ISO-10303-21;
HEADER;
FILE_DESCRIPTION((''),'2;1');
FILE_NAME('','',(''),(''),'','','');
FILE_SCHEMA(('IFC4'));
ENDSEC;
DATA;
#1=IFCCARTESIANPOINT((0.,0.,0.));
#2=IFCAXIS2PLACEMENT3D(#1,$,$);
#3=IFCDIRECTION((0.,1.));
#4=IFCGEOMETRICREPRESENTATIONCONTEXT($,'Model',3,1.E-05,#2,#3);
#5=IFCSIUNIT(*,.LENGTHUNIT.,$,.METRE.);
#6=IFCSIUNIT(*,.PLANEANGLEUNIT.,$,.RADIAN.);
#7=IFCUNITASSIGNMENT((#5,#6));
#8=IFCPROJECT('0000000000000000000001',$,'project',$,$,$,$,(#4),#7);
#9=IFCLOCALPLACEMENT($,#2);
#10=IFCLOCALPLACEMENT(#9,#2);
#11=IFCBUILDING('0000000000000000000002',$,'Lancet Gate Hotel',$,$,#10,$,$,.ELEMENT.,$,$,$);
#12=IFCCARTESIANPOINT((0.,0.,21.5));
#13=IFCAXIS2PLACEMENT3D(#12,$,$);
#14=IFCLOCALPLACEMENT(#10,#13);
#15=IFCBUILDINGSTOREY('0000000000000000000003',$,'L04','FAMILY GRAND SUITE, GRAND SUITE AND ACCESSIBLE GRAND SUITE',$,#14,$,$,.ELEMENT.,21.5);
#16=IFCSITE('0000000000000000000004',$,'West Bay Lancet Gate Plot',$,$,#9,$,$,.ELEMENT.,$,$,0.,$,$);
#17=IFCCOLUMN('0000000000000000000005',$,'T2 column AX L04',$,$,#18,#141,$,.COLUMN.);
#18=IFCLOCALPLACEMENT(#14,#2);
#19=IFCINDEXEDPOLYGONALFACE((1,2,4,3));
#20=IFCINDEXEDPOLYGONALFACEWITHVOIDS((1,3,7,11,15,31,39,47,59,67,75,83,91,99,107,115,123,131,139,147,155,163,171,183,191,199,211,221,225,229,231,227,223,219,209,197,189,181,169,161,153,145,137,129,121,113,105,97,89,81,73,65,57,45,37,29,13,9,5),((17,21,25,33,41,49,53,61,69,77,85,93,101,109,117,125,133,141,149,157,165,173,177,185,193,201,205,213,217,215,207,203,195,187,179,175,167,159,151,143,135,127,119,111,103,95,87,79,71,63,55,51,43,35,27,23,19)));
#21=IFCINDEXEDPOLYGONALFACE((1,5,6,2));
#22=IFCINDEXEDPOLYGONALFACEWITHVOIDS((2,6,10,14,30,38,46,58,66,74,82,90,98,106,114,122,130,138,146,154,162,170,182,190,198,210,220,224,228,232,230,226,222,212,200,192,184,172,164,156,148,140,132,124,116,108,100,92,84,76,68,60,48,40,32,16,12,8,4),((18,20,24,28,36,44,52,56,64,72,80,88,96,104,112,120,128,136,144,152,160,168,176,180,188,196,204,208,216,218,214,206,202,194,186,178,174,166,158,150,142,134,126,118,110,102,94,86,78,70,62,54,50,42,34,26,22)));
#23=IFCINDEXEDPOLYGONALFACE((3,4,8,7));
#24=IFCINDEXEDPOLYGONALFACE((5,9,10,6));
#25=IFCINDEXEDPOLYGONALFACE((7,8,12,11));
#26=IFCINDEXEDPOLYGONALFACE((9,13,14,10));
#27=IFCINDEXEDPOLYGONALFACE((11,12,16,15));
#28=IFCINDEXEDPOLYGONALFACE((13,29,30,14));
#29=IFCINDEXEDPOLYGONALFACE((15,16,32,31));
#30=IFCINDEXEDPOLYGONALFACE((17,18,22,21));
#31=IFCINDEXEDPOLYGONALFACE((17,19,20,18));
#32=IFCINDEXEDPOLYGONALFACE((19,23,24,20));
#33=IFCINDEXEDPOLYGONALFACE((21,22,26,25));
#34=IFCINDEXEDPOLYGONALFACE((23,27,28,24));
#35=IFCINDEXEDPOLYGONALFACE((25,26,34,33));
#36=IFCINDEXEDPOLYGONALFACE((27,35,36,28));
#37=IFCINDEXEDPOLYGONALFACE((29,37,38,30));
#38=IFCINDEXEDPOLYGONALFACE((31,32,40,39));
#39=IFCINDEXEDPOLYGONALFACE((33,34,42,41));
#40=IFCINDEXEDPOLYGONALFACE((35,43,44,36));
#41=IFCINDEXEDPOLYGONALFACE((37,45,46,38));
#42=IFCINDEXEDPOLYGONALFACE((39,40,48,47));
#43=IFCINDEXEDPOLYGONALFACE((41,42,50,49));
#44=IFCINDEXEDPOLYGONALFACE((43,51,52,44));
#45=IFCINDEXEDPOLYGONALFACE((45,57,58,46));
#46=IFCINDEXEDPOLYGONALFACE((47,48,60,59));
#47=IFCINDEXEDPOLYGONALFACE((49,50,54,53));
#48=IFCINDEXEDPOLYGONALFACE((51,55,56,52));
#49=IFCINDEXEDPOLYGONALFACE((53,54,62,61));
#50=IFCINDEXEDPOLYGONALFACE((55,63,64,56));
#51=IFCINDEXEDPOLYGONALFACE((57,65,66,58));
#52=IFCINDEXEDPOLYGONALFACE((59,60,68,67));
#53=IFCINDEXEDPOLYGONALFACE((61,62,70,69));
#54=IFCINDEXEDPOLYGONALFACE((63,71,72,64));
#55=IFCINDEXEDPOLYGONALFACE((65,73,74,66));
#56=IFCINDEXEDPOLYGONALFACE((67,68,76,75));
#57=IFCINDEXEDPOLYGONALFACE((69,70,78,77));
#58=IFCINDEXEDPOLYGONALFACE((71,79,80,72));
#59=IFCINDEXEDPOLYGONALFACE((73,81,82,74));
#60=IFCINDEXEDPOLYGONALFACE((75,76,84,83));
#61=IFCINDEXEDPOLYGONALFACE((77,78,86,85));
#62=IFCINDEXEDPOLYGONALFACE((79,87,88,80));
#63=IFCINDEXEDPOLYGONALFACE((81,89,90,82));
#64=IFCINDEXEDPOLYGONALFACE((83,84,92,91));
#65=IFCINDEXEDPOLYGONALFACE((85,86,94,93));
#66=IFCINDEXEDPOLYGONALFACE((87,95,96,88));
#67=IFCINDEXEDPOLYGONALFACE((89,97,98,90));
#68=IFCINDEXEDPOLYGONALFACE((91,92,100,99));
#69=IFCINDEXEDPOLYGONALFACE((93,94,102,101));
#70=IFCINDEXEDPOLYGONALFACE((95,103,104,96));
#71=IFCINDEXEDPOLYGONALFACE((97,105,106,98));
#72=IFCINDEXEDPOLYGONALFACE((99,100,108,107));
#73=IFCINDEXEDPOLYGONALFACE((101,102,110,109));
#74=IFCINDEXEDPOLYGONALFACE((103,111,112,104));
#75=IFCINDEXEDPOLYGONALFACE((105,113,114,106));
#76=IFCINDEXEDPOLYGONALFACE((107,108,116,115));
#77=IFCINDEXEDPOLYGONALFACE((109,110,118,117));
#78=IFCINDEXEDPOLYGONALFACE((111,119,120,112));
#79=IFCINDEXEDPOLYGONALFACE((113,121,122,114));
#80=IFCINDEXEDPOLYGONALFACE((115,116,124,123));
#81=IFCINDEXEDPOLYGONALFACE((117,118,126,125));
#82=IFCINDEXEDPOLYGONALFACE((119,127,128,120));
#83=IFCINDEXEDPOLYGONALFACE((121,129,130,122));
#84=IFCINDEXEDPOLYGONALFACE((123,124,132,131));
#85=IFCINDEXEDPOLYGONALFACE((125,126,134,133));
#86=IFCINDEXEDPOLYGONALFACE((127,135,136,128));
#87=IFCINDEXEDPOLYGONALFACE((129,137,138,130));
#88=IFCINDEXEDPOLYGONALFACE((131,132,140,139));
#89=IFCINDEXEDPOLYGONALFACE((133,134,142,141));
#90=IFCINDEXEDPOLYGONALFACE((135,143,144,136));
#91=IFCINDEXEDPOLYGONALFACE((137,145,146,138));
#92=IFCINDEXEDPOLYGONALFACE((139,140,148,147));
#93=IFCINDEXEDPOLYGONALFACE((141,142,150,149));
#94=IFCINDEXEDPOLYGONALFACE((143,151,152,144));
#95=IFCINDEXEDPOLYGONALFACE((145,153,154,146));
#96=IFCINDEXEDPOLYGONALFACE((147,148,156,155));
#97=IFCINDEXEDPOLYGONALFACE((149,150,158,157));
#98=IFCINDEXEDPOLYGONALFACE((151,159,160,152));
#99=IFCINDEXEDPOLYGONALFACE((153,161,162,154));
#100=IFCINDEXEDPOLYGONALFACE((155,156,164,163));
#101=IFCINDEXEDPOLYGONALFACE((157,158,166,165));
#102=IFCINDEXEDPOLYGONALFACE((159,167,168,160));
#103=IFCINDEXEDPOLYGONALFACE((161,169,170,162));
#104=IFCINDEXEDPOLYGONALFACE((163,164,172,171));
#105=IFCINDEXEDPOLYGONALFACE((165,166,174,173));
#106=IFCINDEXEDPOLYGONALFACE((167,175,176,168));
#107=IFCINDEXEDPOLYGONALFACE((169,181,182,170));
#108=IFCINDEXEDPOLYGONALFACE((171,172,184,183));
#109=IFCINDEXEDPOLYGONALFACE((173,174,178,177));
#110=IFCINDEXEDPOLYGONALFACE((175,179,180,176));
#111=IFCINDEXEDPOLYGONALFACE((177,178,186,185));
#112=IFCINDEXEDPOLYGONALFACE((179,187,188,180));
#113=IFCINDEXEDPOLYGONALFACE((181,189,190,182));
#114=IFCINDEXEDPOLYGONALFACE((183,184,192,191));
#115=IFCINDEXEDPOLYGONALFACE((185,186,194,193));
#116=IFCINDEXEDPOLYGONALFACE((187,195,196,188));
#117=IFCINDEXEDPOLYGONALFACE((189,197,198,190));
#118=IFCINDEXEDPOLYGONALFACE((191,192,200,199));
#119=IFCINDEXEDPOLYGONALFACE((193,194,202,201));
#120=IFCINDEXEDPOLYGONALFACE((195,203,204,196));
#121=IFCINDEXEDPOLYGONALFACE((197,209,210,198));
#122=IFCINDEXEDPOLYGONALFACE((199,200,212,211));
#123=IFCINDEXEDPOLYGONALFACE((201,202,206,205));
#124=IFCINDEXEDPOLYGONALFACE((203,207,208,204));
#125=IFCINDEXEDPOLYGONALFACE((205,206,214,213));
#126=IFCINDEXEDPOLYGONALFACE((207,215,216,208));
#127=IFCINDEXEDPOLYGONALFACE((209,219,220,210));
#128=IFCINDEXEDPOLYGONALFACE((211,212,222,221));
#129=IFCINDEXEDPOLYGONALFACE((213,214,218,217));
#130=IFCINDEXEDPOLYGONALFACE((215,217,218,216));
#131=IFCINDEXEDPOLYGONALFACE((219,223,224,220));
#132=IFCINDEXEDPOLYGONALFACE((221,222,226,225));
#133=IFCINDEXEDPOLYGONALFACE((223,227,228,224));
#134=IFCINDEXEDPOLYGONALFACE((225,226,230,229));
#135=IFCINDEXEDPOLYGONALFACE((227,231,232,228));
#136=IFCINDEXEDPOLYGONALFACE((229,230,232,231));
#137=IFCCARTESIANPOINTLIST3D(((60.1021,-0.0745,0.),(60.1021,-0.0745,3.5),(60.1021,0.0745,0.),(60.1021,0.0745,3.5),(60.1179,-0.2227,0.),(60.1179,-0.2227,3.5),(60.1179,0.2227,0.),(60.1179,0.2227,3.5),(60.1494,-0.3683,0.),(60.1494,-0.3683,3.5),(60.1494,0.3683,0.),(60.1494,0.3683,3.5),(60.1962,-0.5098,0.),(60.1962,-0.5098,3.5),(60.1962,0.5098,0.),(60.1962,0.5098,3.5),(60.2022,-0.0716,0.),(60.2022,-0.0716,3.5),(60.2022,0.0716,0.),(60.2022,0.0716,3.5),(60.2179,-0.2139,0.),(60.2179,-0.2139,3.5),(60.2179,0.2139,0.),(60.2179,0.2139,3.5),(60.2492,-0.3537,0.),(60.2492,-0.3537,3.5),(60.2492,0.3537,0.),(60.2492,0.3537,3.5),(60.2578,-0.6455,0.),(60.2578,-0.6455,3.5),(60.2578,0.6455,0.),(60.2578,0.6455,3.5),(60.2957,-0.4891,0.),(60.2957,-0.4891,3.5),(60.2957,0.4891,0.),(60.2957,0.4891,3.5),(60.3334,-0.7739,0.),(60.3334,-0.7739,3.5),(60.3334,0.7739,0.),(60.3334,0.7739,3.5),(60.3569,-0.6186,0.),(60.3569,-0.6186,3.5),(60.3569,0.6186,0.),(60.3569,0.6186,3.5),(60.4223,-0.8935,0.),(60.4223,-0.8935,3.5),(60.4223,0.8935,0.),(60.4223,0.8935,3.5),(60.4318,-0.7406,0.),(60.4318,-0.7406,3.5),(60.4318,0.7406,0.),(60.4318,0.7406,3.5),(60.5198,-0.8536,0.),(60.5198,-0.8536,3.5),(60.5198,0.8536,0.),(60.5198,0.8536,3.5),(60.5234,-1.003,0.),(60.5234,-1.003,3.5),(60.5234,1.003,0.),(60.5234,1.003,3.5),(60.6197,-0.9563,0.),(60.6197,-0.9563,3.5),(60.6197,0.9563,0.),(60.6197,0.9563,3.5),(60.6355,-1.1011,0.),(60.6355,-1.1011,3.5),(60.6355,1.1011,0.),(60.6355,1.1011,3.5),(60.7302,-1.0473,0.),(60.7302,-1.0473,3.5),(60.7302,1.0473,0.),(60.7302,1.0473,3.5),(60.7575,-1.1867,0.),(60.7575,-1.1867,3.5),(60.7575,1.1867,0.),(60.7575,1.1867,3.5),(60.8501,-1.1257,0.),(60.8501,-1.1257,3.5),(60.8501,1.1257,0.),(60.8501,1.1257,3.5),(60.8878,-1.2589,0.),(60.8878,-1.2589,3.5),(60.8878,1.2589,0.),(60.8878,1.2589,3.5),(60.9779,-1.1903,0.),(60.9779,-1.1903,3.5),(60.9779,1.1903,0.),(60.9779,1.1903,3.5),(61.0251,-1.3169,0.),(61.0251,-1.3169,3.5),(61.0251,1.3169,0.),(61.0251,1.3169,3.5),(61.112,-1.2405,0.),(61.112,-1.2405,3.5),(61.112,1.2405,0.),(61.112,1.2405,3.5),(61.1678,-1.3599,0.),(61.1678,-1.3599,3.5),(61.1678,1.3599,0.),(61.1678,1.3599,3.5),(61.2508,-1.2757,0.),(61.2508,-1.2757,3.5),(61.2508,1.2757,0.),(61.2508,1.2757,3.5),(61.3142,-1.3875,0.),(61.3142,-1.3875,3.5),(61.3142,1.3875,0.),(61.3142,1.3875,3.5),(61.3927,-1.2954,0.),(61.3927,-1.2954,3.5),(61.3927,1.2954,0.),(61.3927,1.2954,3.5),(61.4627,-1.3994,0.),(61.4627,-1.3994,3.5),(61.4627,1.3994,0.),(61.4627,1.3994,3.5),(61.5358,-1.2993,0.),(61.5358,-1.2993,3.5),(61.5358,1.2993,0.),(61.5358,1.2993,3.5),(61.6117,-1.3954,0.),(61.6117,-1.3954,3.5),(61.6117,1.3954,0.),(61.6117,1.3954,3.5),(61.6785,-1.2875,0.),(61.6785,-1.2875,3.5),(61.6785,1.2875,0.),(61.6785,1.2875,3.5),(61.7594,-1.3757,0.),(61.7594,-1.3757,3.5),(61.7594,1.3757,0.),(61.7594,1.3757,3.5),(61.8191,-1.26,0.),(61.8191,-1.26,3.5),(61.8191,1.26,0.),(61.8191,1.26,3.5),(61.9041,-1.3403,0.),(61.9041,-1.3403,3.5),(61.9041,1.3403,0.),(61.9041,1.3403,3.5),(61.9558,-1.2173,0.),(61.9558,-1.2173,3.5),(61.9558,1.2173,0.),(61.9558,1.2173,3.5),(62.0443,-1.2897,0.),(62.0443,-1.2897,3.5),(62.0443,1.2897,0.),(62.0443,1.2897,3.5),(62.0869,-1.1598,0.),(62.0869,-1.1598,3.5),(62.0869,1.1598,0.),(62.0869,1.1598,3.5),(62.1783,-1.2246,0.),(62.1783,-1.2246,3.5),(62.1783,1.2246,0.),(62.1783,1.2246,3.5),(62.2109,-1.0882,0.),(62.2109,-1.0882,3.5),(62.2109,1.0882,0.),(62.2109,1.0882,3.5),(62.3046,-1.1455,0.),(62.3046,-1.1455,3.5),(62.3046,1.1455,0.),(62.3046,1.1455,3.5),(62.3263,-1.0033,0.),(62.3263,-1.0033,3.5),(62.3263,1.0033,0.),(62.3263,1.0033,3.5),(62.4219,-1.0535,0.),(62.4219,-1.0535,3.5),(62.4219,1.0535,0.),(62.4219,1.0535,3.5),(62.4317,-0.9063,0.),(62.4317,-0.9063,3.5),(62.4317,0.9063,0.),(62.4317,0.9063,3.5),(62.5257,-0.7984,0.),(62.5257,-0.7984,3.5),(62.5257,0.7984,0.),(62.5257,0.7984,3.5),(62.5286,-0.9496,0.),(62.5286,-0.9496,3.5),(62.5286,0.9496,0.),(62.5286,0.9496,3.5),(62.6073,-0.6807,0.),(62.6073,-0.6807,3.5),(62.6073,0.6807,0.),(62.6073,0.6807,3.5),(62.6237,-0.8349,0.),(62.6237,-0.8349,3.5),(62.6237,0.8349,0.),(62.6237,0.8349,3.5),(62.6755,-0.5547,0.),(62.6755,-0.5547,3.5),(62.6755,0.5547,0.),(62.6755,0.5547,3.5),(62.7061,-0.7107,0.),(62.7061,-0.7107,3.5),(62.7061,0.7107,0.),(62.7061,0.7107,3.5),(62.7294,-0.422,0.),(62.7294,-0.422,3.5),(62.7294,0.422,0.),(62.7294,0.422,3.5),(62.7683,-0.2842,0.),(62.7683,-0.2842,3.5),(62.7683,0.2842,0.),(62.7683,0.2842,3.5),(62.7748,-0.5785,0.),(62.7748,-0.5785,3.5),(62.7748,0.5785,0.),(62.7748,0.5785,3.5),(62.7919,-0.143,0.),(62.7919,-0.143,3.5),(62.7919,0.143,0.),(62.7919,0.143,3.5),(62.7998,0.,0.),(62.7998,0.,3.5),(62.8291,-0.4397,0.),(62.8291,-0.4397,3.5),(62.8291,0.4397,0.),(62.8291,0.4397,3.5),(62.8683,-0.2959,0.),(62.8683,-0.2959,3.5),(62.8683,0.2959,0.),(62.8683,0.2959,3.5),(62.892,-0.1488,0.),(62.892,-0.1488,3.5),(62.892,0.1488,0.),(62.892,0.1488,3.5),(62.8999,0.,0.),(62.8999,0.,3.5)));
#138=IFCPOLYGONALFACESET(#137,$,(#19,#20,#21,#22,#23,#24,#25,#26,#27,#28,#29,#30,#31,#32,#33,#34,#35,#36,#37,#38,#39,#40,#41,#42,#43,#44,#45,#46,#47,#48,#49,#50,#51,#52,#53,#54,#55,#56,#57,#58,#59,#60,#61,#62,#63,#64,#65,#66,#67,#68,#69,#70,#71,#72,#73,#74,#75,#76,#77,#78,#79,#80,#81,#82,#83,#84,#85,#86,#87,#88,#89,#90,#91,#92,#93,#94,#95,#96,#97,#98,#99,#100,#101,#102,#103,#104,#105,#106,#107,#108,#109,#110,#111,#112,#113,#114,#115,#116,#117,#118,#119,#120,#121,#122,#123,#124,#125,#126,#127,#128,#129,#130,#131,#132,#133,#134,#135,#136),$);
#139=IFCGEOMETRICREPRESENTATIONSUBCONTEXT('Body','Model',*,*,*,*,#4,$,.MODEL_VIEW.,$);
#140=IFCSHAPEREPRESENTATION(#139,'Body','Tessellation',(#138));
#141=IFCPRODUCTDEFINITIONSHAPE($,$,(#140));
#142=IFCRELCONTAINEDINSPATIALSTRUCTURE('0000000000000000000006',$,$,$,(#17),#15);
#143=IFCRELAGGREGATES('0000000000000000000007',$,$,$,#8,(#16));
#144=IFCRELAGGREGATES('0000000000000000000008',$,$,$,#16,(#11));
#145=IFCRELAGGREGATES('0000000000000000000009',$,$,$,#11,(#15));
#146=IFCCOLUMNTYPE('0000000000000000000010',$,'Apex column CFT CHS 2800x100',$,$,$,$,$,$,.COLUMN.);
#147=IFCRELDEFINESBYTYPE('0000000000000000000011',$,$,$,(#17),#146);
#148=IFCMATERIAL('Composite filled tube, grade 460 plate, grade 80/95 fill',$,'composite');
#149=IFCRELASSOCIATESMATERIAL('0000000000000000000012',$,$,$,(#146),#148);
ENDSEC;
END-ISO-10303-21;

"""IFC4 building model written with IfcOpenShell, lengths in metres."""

from ifc_helpers import new_model, si_unit, direction, frame, origin, origin_2d, place, context, subcontext, project, spatial, hollow_circle, extrude, material, material_profile, profile_set, type_object, element, save


model = new_model("IFC4")

# Units and contexts
model_context = context("Model", 3, precision=1e-05, world=origin(), true_north=direction((0.0, 1.0)))
body_context = subcontext(model_context, "Body", "Model", "MODEL_VIEW")
ifc_project = project(units=[si_unit("LENGTHUNIT", "METRE"), si_unit("PLANEANGLEUNIT", "RADIAN")], contexts=[model_context])

# Site, building, storey
site_placement = place(None, origin())
site = spatial("IfcSite", under=ifc_project, at=site_placement, Name="West Bay Lancet Gate Plot", CompositionType="ELEMENT", RefElevation=0.0)
building_placement = place(site_placement, origin())
building = spatial("IfcBuilding", under=site, at=building_placement, Name="Lancet Gate Hotel", CompositionType="ELEMENT")
storey_placement = place(building_placement, frame((0.0, 0.0, 21.5)))
storey = spatial("IfcBuildingStorey", under=building, at=storey_placement, Name="L04", Description="FAMILY GRAND SUITE, GRAND SUITE AND ACCESSIBLE GRAND SUITE", CompositionType="ELEMENT", Elevation=21.5)

# Column
ifc_material_1 = material(Name="Composite filled tube, grade 460 plate, grade 80/95 fill", Category="composite")
ifc_material_profile_1 = material_profile(ifc_material_1, hollow_circle(Radius=1.3999, WallThickness=0.1001, at=origin_2d()), Name="CHS 2800x100")
ifc_profile_set_1 = profile_set([ifc_material_profile_1], Name="Composite filled tube, grade 460 plate, grade 80/95 fill")
column_type_1 = type_object("IfcColumnType", Name="Apex column CFT CHS 2800x100", PredefinedType="COLUMN", material=ifc_profile_set_1)
column_1_placement = place(storey_placement, frame((61.5, 0.0, 0.0), z_axis=(0.0, 0.0, 1.0), x_axis=(1.0, 0.0, 0.0)))
element("IfcColumn", 1, at=column_1_placement, inside=storey, type_object=column_type_1, Name="T2 column AX L04", PredefinedType="COLUMN", context=body_context, shape_type="SweptSolid", body=[
    extrude(hollow_circle(Radius=1.3999, WallThickness=0.1001, at=origin_2d()), origin(), (0.0, 0.0, 1.0), 3.5),
])

save(model, "model.ifc")
